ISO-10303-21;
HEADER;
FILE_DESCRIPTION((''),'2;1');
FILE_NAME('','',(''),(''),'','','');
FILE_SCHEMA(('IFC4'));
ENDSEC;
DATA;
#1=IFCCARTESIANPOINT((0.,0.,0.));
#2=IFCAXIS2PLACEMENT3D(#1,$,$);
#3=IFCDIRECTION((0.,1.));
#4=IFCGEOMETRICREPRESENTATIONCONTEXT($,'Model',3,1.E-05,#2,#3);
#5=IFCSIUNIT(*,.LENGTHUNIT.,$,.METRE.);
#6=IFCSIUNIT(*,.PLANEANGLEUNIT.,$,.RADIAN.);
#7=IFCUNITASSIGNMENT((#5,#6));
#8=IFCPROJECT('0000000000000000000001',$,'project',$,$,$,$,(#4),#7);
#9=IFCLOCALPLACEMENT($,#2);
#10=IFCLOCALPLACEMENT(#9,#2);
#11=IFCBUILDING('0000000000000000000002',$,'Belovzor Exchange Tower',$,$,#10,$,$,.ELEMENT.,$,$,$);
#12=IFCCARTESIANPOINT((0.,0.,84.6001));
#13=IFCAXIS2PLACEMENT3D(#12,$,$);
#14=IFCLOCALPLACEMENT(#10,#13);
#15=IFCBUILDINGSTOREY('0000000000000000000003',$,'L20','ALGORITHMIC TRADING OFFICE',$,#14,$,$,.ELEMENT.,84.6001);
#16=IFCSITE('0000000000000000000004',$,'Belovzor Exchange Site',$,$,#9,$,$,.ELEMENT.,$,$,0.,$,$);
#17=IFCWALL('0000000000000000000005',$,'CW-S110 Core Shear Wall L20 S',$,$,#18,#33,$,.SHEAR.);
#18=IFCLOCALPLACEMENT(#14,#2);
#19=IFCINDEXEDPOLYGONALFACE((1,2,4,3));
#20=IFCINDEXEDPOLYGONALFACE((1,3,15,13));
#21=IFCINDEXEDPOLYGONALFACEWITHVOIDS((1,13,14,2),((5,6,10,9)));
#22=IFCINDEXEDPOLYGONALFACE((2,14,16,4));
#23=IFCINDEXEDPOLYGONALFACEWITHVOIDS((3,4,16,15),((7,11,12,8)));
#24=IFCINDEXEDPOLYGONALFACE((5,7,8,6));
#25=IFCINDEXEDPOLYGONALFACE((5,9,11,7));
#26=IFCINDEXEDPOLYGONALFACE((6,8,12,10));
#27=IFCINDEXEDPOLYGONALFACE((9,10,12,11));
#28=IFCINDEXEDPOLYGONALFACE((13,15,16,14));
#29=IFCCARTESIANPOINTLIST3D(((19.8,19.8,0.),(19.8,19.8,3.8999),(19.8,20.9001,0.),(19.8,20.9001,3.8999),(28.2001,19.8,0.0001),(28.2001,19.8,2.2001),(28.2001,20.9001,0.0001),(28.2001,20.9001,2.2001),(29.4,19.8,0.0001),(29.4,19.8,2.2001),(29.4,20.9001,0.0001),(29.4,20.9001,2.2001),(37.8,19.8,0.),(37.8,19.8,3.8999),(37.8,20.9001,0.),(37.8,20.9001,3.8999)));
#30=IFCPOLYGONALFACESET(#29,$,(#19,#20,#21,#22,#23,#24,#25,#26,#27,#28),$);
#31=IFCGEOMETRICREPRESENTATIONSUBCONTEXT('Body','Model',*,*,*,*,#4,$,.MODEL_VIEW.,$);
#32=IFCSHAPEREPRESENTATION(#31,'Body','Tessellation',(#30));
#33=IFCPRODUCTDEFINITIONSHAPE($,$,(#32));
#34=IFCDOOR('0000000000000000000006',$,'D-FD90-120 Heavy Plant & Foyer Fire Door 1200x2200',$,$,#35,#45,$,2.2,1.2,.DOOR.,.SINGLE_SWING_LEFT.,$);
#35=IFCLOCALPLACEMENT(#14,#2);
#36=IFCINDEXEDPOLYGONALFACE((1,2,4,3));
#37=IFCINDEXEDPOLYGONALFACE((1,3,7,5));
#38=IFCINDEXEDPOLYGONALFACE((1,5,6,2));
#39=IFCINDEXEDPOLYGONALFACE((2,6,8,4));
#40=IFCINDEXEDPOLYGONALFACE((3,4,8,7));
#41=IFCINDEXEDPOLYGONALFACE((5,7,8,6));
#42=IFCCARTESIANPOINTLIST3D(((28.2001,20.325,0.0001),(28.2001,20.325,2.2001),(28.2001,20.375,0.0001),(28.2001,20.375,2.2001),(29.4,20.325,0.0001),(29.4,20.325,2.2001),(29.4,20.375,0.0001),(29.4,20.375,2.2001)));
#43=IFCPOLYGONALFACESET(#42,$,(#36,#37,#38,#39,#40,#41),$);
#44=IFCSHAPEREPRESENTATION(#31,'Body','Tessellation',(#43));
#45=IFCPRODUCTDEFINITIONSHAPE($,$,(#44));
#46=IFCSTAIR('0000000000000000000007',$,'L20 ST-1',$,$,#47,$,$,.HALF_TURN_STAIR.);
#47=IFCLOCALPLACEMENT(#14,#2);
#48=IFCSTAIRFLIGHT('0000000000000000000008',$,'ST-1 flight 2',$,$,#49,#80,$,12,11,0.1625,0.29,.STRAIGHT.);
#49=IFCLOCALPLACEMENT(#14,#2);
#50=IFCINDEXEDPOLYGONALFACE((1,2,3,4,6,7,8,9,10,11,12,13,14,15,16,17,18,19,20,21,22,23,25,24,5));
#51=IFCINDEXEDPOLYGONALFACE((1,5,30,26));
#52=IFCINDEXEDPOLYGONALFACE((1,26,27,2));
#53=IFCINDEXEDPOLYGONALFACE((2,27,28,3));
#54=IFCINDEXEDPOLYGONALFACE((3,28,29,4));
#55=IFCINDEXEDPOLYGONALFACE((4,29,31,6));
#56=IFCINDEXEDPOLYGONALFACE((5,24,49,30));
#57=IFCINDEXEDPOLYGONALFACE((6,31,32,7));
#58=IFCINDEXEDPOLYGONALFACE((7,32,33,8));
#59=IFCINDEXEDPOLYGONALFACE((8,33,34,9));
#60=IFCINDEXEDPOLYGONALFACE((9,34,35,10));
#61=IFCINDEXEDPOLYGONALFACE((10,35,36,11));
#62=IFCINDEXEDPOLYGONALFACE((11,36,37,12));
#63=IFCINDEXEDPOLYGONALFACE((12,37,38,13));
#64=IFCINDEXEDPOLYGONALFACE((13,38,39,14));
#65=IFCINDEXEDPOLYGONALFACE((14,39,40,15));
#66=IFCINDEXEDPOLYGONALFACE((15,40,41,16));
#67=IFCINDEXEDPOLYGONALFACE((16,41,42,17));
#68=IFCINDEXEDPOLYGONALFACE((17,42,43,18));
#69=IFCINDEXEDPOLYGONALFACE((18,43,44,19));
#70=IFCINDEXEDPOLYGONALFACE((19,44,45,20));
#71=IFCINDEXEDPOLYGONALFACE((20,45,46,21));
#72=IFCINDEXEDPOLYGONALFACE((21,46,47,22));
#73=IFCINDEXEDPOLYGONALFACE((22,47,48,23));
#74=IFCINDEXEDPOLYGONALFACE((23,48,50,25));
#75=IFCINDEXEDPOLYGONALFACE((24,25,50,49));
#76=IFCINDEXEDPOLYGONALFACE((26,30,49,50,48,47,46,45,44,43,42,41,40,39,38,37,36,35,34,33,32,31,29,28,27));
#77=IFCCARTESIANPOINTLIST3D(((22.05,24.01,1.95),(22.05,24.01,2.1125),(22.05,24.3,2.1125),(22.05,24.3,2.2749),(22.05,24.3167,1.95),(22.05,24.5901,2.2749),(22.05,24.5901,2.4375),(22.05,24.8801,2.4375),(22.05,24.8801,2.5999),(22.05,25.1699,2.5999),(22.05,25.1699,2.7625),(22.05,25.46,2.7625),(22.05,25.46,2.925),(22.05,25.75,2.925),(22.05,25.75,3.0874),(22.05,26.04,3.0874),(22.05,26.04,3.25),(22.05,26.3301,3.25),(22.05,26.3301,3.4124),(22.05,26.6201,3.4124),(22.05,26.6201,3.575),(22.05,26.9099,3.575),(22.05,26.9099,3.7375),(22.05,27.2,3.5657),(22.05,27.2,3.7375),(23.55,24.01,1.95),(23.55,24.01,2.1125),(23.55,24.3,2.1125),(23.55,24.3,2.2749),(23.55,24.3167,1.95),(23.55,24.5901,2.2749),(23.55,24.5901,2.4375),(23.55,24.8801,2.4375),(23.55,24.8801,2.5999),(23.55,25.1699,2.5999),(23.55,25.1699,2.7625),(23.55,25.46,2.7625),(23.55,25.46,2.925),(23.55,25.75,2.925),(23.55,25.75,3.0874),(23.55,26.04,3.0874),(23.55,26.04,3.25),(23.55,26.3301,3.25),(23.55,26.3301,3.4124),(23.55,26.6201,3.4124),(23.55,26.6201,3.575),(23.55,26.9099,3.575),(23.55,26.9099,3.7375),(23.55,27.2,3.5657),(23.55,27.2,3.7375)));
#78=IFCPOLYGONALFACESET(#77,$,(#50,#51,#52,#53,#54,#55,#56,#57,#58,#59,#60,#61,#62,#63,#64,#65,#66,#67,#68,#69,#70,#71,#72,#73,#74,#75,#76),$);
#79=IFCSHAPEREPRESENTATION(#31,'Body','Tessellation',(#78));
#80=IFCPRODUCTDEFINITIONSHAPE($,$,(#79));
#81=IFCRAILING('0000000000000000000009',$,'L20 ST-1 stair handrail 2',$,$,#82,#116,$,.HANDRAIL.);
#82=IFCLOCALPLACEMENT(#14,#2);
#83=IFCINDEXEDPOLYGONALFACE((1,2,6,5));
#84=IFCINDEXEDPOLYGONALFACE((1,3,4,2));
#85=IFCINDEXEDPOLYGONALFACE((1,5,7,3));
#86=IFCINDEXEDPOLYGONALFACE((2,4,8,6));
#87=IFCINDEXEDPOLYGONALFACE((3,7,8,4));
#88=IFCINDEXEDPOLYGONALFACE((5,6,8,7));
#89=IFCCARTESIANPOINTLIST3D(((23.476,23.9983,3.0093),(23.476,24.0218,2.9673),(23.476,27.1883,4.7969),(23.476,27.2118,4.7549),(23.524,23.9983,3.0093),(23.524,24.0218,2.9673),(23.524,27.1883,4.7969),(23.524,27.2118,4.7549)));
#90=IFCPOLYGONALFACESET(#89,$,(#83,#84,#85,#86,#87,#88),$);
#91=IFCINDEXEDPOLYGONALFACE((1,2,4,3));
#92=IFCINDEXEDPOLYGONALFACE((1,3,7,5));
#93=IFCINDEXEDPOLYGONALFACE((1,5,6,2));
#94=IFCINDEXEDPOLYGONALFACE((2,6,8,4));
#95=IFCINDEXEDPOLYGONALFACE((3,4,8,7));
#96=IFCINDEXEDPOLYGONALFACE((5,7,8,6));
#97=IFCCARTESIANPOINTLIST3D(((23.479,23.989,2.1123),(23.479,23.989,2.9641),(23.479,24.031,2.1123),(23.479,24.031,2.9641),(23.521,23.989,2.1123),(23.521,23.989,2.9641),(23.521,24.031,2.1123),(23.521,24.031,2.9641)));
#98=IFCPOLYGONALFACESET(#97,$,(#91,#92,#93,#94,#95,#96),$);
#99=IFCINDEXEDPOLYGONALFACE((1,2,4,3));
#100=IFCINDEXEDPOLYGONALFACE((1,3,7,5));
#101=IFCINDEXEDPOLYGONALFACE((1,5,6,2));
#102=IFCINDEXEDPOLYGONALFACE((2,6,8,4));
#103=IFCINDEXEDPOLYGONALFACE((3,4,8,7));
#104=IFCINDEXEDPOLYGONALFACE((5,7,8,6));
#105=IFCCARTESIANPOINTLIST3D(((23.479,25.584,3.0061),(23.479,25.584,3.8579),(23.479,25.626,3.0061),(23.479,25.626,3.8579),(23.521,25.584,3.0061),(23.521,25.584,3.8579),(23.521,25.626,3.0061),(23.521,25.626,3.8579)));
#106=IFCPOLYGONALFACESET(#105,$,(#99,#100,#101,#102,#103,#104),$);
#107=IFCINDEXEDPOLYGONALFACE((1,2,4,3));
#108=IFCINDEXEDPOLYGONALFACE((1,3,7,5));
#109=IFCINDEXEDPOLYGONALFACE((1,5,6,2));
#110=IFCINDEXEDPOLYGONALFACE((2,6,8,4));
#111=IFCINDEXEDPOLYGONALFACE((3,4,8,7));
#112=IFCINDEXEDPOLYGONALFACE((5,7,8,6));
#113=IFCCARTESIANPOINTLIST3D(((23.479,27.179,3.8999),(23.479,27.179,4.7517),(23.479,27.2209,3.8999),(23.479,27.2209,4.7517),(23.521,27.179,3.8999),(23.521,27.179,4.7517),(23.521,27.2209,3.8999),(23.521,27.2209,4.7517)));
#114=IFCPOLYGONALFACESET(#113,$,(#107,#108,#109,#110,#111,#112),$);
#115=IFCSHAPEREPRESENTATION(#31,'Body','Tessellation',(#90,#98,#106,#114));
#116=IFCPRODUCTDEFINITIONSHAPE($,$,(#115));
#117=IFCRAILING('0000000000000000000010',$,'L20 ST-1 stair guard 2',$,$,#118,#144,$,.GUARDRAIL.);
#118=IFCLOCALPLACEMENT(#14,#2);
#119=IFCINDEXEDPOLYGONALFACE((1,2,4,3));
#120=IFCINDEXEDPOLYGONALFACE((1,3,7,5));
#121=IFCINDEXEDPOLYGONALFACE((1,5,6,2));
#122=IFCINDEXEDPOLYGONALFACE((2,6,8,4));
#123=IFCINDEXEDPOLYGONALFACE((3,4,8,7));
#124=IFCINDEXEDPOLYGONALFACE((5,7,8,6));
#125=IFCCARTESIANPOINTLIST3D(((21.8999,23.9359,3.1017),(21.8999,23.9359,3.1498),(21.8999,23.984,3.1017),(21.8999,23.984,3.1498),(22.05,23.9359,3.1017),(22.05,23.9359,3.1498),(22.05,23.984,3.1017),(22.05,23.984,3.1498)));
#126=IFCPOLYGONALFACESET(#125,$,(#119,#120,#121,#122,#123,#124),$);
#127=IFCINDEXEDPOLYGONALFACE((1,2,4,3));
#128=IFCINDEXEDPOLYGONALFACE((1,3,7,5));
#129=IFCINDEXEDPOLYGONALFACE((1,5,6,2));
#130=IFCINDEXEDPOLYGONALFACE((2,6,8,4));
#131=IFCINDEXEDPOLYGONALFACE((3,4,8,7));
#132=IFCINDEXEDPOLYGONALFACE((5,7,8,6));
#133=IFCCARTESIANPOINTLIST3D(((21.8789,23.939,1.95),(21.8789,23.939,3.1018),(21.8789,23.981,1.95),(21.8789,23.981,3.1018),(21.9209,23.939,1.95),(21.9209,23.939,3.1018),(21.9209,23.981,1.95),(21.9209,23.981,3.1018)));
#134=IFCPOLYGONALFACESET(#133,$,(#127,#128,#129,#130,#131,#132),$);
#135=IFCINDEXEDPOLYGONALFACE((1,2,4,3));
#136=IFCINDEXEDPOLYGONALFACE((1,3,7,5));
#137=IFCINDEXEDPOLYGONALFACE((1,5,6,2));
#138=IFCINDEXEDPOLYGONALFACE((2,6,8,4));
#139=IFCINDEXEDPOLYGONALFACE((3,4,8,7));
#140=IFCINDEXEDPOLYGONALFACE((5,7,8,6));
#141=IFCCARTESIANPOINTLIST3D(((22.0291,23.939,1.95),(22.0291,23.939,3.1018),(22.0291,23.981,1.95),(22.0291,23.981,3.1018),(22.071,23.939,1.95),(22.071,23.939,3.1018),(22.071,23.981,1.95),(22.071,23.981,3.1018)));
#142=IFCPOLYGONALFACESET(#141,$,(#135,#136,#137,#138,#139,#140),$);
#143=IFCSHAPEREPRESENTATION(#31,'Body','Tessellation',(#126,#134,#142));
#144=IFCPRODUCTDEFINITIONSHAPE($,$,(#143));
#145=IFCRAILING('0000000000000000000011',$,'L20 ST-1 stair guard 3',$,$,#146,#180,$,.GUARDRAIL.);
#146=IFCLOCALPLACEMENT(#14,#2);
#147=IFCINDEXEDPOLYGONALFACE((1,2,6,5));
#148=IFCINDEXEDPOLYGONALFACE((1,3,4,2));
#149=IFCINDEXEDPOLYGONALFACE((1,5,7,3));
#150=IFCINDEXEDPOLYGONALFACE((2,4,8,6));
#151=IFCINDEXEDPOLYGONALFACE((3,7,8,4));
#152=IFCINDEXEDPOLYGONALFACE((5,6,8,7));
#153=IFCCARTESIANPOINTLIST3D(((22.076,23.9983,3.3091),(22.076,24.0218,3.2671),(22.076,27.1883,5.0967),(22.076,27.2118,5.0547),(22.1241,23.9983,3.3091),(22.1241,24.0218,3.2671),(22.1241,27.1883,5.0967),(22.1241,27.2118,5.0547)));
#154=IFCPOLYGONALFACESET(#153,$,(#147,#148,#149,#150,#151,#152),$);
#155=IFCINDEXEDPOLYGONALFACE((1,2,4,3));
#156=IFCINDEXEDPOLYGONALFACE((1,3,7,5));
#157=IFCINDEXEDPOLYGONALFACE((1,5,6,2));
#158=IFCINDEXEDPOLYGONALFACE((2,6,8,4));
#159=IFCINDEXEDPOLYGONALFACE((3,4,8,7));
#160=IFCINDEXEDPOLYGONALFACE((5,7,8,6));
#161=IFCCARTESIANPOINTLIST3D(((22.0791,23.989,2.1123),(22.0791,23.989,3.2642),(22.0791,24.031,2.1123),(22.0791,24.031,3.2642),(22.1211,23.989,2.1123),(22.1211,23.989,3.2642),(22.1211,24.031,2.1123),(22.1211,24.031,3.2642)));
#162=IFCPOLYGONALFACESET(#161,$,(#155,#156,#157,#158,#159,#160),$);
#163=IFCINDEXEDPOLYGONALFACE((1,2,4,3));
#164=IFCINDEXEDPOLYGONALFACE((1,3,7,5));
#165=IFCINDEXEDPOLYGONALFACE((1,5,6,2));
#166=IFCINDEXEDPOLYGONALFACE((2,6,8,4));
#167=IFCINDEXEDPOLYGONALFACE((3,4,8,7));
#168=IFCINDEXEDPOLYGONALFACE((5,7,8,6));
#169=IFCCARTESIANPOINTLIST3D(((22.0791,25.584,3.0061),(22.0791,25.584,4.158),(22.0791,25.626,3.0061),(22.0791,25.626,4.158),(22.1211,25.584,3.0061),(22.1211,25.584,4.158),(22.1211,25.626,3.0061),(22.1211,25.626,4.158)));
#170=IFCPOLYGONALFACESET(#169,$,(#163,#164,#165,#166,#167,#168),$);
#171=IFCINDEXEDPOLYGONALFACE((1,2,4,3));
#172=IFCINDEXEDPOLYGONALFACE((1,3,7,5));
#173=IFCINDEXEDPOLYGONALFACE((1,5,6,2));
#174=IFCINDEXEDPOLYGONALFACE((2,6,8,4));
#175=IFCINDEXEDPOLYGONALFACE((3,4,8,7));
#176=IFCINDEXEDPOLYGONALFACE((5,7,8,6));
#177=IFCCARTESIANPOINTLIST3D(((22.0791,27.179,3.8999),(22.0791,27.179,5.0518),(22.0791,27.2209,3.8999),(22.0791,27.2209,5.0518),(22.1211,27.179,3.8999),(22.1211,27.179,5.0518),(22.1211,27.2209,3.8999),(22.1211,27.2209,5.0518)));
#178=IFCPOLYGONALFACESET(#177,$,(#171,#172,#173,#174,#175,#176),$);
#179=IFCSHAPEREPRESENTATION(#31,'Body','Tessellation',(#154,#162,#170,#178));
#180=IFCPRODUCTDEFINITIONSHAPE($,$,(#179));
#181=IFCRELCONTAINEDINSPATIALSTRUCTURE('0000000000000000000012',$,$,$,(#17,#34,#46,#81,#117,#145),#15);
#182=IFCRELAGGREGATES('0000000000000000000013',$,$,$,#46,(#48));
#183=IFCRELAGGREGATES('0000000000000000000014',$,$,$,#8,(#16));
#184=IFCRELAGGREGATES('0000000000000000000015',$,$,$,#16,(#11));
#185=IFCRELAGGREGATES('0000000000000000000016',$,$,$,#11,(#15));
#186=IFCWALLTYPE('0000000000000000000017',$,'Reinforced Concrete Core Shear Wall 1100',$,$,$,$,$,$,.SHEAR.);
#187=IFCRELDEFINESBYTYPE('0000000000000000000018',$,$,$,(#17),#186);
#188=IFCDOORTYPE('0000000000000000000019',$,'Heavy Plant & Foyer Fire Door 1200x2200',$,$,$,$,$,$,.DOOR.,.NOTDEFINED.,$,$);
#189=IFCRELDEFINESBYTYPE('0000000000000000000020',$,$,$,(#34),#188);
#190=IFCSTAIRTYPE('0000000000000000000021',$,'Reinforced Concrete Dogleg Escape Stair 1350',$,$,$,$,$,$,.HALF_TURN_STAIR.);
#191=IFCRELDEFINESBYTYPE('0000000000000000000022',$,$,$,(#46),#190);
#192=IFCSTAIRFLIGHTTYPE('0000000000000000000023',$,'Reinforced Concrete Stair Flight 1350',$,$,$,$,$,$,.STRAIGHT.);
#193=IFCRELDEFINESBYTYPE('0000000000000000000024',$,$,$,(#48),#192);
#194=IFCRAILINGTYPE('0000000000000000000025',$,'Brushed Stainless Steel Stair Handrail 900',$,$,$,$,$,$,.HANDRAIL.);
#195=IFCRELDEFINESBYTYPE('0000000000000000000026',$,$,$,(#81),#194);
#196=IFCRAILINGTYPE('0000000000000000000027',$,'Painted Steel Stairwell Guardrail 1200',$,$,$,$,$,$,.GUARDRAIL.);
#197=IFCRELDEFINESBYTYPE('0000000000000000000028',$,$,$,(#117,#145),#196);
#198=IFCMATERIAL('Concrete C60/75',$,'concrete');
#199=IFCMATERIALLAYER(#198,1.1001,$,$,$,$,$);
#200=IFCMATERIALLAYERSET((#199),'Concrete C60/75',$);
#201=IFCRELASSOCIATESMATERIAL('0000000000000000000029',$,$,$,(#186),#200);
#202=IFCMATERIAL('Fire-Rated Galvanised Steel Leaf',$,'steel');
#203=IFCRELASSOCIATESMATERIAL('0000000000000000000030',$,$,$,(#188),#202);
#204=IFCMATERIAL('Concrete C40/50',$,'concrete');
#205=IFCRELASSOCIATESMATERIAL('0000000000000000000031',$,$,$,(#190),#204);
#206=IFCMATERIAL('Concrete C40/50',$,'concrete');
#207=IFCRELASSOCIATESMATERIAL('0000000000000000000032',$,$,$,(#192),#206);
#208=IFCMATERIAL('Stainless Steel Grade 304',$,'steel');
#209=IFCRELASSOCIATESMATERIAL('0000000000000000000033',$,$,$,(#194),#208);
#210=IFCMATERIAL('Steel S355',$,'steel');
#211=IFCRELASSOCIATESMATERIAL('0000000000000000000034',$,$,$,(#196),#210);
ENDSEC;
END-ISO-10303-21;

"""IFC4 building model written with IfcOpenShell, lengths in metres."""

from ifc_helpers import new_model, si_unit, direction, frame, frame_2d, origin, origin_2d, place, context, subcontext, project, spatial, polyline, rectangle, outline, extrude, material, layer, layer_set, type_object, element, fill, aggregate, save


model = new_model("IFC4")

# Units and contexts
model_context = context("Model", 3, precision=1e-05, world=origin(), true_north=direction((0.0, 1.0)))
body_context = subcontext(model_context, "Body", "Model", "MODEL_VIEW")
ifc_project = project(units=[si_unit("LENGTHUNIT", "METRE"), si_unit("PLANEANGLEUNIT", "RADIAN")], contexts=[model_context])

# Site, building, storey
site_placement = place(None, origin())
site = spatial("IfcSite", under=ifc_project, at=site_placement, Name="Belovzor Exchange Site", CompositionType="ELEMENT", RefElevation=0.0)
building_placement = place(site_placement, origin())
building = spatial("IfcBuilding", under=site, at=building_placement, Name="Belovzor Exchange Tower", CompositionType="ELEMENT")
storey_placement = place(building_placement, frame((0.0, 0.0, 84.6001)))
storey = spatial("IfcBuildingStorey", under=building, at=storey_placement, Name="L20", Description="ALGORITHMIC TRADING OFFICE", CompositionType="ELEMENT", Elevation=84.6001)

# Wall, opening, door
ifc_material_1 = material(Name="Concrete C60/75", Category="concrete")
ifc_layer_1 = layer(ifc_material_1, 1.1001)
ifc_layer_set_1 = layer_set([ifc_layer_1], Name="Concrete C60/75")
wall_type_1 = type_object("IfcWallType", Name="Reinforced Concrete Core Shear Wall 1100", PredefinedType="SHEAR", material=ifc_layer_set_1)
wall_1_placement = place(storey_placement, frame((19.8, 20.3501, 0.0), z_axis=(0.0, 0.0, 1.0), x_axis=(1.0, 0.0, 0.0)))
wall_1 = element("IfcWall", 1, at=wall_1_placement, inside=storey, type_object=wall_type_1, Name="CW-S110 Core Shear Wall L20 S", PredefinedType="SHEAR", context=body_context, shape_type="SweptSolid", body=[
    extrude(rectangle(XDim=18.0, YDim=1.1001, at=frame_2d((9.0, 0.0))), origin(), (0.0, 0.0, 1.0), 3.8999),
])
opening_1_placement = place(wall_1_placement, frame((8.3999, 0.0, 0.0)))
opening_1 = element("IfcOpeningElement", 2, at=opening_1_placement, cuts=wall_1, PredefinedType="OPENING", context=body_context, shape_type="SweptSolid", body=[
    extrude(rectangle(XDim=1.2, YDim=2.2, at=frame_2d((0.6001, 1.1001))), frame((0.0, 0.5601, 0.0), z_axis=(0.0, -1.0, 0.0), x_axis=(1.0, 0.0, 0.0)), (0.0, 0.0, 1.0), 1.1201),
])
ifc_material_2 = material(Name="Fire-Rated Galvanised Steel Leaf", Category="steel")
door_type_1 = type_object("IfcDoorType", Name="Heavy Plant & Foyer Fire Door 1200x2200", OperationType="NOTDEFINED", PredefinedType="DOOR", material=ifc_material_2)
door_1_placement = place(opening_1_placement, origin())
door_1 = element("IfcDoor", 3, at=door_1_placement, inside=storey, type_object=door_type_1, Name="D-FD90-120 Heavy Plant & Foyer Fire Door 1200x2200", OperationType="SINGLE_SWING_LEFT", OverallHeight=2.2, OverallWidth=1.2, PredefinedType="DOOR", context=body_context, shape_type="SweptSolid", body=[
    extrude(rectangle(XDim=1.2, YDim=2.2, at=frame_2d((0.6001, 1.1001))), frame((0.0, 0.0249, 0.0), z_axis=(0.0, -1.0, 0.0), x_axis=(1.0, 0.0, 0.0)), (0.0, 0.0, 1.0), 0.05),
])
fill(opening_1, door_1)

# Stair, stair flight
ifc_material_3 = material(Name="Concrete C40/50", Category="concrete")
stair_type = type_object("IfcStairType", Name="Reinforced Concrete Dogleg Escape Stair 1350", PredefinedType="HALF_TURN_STAIR", material=ifc_material_3)
stair_placement = place(storey_placement, origin())
stair = element("IfcStair", 4, at=stair_placement, inside=storey, type_object=stair_type, Name="L20 ST-1", PredefinedType="HALF_TURN_STAIR")
ifc_material_4 = material(Name="Concrete C40/50", Category="concrete")
stair_flight_type = type_object("IfcStairFlightType", Name="Reinforced Concrete Stair Flight 1350", PredefinedType="STRAIGHT", material=ifc_material_4)
stair_flight_placement = place(storey_placement, frame((22.8, 24.01, 1.95), z_axis=(0.0, 0.0, 1.0), x_axis=(0.0, 1.0, 0.0)))
stair_flight = element("IfcStairFlight", 5, at=stair_flight_placement, type_object=stair_flight_type, Name="ST-1 flight 2", NumberOfRisers=12, NumberOfTreads=11, PredefinedType="STRAIGHT", RiserHeight=0.1625, TreadLength=0.29, context=body_context, shape_type="SweptSolid", body=[
    extrude(outline(polyline([(0.0, 0.0), (0.0, 0.1626), (0.29, 0.1626), (0.29, 0.325), (0.5801, 0.325), (0.5801, 0.4875), (0.8701, 0.4875), (0.8701, 0.6499), (1.1599, 0.6499), (1.1599, 0.8125), (1.45, 0.8125), (1.45, 0.9751), (1.74, 0.9751), (1.74, 1.1375), (2.03, 1.1375), (2.03, 1.3), (2.3201, 1.3), (2.3201, 1.4624), (2.6101, 1.4624), (2.6101, 1.625), (2.8999, 1.625), (2.8999, 1.7876), (3.1899, 1.7876), (3.1899, 1.95), (3.1899, 1.6157), (0.3066, 0.0), (0.0, 0.0)])), frame((0.0, 0.75, 0.0), z_axis=(0.0, -1.0, 0.0), x_axis=(1.0, 0.0, 0.0)), (0.0, 0.0, 1.0), 1.5),
])
aggregate(stair, [stair_flight])

# Railings
ifc_material_5 = material(Name="Stainless Steel Grade 304", Category="steel")
railing_type_1 = type_object("IfcRailingType", Name="Brushed Stainless Steel Stair Handrail 900", PredefinedType="HANDRAIL", material=ifc_material_5)
railing_1_placement = place(storey_placement, frame((23.5, 24.01, 2.1123)))
element("IfcRailing", 6, at=railing_1_placement, inside=storey, type_object=railing_type_1, Name="L20 ST-1 stair handrail 2", PredefinedType="HANDRAIL", context=body_context, shape_type="SweptSolid", body=[
    extrude(rectangle(XDim=0.0481, YDim=0.0481, at=origin_2d()), frame((0.0, 0.0, 0.876), z_axis=(0.0, 0.872363, 0.48886), x_axis=(-1.0, 0.0, 0.0)), (0.0, 0.0, 1.0), 3.6567),
    extrude(rectangle(XDim=0.042, YDim=0.042, at=origin_2d()), origin(), (0.0, 0.0, 1.0), 0.8518),
    extrude(rectangle(XDim=0.042, YDim=0.042, at=origin_2d()), frame((0.0, 1.595, 0.8938)), (0.0, 0.0, 1.0), 0.8518),
    extrude(rectangle(XDim=0.042, YDim=0.042, at=origin_2d()), frame((0.0, 3.1899, 1.7876)), (0.0, 0.0, 1.0), 0.8518),
])
ifc_material_6 = material(Name="Steel S355", Category="steel")
railing_type_2 = type_object("IfcRailingType", Name="Painted Steel Stairwell Guardrail 1200", PredefinedType="GUARDRAIL", material=ifc_material_6)
railing_2_placement = place(storey_placement, frame((21.8999, 23.96, 1.95)))
element("IfcRailing", 7, at=railing_2_placement, inside=storey, type_object=railing_type_2, Name="L20 ST-1 stair guard 2", PredefinedType="GUARDRAIL", context=body_context, shape_type="SweptSolid", body=[
    extrude(rectangle(XDim=0.0481, YDim=0.0481, at=origin_2d()), frame((0.0, 0.0, 1.1758), z_axis=(1.0, 0.0, 0.0), x_axis=(0.0, 1.0, 0.0)), (0.0, 0.0, 1.0), 0.1501),
    extrude(rectangle(XDim=0.042, YDim=0.042, at=origin_2d()), origin(), (0.0, 0.0, 1.0), 1.1519),
    extrude(rectangle(XDim=0.042, YDim=0.042, at=origin_2d()), frame((0.1501, 0.0, 0.0)), (0.0, 0.0, 1.0), 1.1519),
])
railing_3_placement = place(storey_placement, frame((22.1001, 24.01, 2.1123)))
element("IfcRailing", 8, at=railing_3_placement, inside=storey, type_object=railing_type_2, Name="L20 ST-1 stair guard 3", PredefinedType="GUARDRAIL", context=body_context, shape_type="SweptSolid", body=[
    extrude(rectangle(XDim=0.0481, YDim=0.0481, at=origin_2d()), frame((0.0, 0.0, 1.1758), z_axis=(0.0, 0.872363, 0.48886), x_axis=(-1.0, 0.0, 0.0)), (0.0, 0.0, 1.0), 3.6567),
    extrude(rectangle(XDim=0.042, YDim=0.042, at=origin_2d()), origin(), (0.0, 0.0, 1.0), 1.1519),
    extrude(rectangle(XDim=0.042, YDim=0.042, at=origin_2d()), frame((0.0, 1.595, 0.8938)), (0.0, 0.0, 1.0), 1.1519),
    extrude(rectangle(XDim=0.042, YDim=0.042, at=origin_2d()), frame((0.0, 3.1899, 1.7876)), (0.0, 0.0, 1.0), 1.1519),
])

save(model, "model.ifc")
